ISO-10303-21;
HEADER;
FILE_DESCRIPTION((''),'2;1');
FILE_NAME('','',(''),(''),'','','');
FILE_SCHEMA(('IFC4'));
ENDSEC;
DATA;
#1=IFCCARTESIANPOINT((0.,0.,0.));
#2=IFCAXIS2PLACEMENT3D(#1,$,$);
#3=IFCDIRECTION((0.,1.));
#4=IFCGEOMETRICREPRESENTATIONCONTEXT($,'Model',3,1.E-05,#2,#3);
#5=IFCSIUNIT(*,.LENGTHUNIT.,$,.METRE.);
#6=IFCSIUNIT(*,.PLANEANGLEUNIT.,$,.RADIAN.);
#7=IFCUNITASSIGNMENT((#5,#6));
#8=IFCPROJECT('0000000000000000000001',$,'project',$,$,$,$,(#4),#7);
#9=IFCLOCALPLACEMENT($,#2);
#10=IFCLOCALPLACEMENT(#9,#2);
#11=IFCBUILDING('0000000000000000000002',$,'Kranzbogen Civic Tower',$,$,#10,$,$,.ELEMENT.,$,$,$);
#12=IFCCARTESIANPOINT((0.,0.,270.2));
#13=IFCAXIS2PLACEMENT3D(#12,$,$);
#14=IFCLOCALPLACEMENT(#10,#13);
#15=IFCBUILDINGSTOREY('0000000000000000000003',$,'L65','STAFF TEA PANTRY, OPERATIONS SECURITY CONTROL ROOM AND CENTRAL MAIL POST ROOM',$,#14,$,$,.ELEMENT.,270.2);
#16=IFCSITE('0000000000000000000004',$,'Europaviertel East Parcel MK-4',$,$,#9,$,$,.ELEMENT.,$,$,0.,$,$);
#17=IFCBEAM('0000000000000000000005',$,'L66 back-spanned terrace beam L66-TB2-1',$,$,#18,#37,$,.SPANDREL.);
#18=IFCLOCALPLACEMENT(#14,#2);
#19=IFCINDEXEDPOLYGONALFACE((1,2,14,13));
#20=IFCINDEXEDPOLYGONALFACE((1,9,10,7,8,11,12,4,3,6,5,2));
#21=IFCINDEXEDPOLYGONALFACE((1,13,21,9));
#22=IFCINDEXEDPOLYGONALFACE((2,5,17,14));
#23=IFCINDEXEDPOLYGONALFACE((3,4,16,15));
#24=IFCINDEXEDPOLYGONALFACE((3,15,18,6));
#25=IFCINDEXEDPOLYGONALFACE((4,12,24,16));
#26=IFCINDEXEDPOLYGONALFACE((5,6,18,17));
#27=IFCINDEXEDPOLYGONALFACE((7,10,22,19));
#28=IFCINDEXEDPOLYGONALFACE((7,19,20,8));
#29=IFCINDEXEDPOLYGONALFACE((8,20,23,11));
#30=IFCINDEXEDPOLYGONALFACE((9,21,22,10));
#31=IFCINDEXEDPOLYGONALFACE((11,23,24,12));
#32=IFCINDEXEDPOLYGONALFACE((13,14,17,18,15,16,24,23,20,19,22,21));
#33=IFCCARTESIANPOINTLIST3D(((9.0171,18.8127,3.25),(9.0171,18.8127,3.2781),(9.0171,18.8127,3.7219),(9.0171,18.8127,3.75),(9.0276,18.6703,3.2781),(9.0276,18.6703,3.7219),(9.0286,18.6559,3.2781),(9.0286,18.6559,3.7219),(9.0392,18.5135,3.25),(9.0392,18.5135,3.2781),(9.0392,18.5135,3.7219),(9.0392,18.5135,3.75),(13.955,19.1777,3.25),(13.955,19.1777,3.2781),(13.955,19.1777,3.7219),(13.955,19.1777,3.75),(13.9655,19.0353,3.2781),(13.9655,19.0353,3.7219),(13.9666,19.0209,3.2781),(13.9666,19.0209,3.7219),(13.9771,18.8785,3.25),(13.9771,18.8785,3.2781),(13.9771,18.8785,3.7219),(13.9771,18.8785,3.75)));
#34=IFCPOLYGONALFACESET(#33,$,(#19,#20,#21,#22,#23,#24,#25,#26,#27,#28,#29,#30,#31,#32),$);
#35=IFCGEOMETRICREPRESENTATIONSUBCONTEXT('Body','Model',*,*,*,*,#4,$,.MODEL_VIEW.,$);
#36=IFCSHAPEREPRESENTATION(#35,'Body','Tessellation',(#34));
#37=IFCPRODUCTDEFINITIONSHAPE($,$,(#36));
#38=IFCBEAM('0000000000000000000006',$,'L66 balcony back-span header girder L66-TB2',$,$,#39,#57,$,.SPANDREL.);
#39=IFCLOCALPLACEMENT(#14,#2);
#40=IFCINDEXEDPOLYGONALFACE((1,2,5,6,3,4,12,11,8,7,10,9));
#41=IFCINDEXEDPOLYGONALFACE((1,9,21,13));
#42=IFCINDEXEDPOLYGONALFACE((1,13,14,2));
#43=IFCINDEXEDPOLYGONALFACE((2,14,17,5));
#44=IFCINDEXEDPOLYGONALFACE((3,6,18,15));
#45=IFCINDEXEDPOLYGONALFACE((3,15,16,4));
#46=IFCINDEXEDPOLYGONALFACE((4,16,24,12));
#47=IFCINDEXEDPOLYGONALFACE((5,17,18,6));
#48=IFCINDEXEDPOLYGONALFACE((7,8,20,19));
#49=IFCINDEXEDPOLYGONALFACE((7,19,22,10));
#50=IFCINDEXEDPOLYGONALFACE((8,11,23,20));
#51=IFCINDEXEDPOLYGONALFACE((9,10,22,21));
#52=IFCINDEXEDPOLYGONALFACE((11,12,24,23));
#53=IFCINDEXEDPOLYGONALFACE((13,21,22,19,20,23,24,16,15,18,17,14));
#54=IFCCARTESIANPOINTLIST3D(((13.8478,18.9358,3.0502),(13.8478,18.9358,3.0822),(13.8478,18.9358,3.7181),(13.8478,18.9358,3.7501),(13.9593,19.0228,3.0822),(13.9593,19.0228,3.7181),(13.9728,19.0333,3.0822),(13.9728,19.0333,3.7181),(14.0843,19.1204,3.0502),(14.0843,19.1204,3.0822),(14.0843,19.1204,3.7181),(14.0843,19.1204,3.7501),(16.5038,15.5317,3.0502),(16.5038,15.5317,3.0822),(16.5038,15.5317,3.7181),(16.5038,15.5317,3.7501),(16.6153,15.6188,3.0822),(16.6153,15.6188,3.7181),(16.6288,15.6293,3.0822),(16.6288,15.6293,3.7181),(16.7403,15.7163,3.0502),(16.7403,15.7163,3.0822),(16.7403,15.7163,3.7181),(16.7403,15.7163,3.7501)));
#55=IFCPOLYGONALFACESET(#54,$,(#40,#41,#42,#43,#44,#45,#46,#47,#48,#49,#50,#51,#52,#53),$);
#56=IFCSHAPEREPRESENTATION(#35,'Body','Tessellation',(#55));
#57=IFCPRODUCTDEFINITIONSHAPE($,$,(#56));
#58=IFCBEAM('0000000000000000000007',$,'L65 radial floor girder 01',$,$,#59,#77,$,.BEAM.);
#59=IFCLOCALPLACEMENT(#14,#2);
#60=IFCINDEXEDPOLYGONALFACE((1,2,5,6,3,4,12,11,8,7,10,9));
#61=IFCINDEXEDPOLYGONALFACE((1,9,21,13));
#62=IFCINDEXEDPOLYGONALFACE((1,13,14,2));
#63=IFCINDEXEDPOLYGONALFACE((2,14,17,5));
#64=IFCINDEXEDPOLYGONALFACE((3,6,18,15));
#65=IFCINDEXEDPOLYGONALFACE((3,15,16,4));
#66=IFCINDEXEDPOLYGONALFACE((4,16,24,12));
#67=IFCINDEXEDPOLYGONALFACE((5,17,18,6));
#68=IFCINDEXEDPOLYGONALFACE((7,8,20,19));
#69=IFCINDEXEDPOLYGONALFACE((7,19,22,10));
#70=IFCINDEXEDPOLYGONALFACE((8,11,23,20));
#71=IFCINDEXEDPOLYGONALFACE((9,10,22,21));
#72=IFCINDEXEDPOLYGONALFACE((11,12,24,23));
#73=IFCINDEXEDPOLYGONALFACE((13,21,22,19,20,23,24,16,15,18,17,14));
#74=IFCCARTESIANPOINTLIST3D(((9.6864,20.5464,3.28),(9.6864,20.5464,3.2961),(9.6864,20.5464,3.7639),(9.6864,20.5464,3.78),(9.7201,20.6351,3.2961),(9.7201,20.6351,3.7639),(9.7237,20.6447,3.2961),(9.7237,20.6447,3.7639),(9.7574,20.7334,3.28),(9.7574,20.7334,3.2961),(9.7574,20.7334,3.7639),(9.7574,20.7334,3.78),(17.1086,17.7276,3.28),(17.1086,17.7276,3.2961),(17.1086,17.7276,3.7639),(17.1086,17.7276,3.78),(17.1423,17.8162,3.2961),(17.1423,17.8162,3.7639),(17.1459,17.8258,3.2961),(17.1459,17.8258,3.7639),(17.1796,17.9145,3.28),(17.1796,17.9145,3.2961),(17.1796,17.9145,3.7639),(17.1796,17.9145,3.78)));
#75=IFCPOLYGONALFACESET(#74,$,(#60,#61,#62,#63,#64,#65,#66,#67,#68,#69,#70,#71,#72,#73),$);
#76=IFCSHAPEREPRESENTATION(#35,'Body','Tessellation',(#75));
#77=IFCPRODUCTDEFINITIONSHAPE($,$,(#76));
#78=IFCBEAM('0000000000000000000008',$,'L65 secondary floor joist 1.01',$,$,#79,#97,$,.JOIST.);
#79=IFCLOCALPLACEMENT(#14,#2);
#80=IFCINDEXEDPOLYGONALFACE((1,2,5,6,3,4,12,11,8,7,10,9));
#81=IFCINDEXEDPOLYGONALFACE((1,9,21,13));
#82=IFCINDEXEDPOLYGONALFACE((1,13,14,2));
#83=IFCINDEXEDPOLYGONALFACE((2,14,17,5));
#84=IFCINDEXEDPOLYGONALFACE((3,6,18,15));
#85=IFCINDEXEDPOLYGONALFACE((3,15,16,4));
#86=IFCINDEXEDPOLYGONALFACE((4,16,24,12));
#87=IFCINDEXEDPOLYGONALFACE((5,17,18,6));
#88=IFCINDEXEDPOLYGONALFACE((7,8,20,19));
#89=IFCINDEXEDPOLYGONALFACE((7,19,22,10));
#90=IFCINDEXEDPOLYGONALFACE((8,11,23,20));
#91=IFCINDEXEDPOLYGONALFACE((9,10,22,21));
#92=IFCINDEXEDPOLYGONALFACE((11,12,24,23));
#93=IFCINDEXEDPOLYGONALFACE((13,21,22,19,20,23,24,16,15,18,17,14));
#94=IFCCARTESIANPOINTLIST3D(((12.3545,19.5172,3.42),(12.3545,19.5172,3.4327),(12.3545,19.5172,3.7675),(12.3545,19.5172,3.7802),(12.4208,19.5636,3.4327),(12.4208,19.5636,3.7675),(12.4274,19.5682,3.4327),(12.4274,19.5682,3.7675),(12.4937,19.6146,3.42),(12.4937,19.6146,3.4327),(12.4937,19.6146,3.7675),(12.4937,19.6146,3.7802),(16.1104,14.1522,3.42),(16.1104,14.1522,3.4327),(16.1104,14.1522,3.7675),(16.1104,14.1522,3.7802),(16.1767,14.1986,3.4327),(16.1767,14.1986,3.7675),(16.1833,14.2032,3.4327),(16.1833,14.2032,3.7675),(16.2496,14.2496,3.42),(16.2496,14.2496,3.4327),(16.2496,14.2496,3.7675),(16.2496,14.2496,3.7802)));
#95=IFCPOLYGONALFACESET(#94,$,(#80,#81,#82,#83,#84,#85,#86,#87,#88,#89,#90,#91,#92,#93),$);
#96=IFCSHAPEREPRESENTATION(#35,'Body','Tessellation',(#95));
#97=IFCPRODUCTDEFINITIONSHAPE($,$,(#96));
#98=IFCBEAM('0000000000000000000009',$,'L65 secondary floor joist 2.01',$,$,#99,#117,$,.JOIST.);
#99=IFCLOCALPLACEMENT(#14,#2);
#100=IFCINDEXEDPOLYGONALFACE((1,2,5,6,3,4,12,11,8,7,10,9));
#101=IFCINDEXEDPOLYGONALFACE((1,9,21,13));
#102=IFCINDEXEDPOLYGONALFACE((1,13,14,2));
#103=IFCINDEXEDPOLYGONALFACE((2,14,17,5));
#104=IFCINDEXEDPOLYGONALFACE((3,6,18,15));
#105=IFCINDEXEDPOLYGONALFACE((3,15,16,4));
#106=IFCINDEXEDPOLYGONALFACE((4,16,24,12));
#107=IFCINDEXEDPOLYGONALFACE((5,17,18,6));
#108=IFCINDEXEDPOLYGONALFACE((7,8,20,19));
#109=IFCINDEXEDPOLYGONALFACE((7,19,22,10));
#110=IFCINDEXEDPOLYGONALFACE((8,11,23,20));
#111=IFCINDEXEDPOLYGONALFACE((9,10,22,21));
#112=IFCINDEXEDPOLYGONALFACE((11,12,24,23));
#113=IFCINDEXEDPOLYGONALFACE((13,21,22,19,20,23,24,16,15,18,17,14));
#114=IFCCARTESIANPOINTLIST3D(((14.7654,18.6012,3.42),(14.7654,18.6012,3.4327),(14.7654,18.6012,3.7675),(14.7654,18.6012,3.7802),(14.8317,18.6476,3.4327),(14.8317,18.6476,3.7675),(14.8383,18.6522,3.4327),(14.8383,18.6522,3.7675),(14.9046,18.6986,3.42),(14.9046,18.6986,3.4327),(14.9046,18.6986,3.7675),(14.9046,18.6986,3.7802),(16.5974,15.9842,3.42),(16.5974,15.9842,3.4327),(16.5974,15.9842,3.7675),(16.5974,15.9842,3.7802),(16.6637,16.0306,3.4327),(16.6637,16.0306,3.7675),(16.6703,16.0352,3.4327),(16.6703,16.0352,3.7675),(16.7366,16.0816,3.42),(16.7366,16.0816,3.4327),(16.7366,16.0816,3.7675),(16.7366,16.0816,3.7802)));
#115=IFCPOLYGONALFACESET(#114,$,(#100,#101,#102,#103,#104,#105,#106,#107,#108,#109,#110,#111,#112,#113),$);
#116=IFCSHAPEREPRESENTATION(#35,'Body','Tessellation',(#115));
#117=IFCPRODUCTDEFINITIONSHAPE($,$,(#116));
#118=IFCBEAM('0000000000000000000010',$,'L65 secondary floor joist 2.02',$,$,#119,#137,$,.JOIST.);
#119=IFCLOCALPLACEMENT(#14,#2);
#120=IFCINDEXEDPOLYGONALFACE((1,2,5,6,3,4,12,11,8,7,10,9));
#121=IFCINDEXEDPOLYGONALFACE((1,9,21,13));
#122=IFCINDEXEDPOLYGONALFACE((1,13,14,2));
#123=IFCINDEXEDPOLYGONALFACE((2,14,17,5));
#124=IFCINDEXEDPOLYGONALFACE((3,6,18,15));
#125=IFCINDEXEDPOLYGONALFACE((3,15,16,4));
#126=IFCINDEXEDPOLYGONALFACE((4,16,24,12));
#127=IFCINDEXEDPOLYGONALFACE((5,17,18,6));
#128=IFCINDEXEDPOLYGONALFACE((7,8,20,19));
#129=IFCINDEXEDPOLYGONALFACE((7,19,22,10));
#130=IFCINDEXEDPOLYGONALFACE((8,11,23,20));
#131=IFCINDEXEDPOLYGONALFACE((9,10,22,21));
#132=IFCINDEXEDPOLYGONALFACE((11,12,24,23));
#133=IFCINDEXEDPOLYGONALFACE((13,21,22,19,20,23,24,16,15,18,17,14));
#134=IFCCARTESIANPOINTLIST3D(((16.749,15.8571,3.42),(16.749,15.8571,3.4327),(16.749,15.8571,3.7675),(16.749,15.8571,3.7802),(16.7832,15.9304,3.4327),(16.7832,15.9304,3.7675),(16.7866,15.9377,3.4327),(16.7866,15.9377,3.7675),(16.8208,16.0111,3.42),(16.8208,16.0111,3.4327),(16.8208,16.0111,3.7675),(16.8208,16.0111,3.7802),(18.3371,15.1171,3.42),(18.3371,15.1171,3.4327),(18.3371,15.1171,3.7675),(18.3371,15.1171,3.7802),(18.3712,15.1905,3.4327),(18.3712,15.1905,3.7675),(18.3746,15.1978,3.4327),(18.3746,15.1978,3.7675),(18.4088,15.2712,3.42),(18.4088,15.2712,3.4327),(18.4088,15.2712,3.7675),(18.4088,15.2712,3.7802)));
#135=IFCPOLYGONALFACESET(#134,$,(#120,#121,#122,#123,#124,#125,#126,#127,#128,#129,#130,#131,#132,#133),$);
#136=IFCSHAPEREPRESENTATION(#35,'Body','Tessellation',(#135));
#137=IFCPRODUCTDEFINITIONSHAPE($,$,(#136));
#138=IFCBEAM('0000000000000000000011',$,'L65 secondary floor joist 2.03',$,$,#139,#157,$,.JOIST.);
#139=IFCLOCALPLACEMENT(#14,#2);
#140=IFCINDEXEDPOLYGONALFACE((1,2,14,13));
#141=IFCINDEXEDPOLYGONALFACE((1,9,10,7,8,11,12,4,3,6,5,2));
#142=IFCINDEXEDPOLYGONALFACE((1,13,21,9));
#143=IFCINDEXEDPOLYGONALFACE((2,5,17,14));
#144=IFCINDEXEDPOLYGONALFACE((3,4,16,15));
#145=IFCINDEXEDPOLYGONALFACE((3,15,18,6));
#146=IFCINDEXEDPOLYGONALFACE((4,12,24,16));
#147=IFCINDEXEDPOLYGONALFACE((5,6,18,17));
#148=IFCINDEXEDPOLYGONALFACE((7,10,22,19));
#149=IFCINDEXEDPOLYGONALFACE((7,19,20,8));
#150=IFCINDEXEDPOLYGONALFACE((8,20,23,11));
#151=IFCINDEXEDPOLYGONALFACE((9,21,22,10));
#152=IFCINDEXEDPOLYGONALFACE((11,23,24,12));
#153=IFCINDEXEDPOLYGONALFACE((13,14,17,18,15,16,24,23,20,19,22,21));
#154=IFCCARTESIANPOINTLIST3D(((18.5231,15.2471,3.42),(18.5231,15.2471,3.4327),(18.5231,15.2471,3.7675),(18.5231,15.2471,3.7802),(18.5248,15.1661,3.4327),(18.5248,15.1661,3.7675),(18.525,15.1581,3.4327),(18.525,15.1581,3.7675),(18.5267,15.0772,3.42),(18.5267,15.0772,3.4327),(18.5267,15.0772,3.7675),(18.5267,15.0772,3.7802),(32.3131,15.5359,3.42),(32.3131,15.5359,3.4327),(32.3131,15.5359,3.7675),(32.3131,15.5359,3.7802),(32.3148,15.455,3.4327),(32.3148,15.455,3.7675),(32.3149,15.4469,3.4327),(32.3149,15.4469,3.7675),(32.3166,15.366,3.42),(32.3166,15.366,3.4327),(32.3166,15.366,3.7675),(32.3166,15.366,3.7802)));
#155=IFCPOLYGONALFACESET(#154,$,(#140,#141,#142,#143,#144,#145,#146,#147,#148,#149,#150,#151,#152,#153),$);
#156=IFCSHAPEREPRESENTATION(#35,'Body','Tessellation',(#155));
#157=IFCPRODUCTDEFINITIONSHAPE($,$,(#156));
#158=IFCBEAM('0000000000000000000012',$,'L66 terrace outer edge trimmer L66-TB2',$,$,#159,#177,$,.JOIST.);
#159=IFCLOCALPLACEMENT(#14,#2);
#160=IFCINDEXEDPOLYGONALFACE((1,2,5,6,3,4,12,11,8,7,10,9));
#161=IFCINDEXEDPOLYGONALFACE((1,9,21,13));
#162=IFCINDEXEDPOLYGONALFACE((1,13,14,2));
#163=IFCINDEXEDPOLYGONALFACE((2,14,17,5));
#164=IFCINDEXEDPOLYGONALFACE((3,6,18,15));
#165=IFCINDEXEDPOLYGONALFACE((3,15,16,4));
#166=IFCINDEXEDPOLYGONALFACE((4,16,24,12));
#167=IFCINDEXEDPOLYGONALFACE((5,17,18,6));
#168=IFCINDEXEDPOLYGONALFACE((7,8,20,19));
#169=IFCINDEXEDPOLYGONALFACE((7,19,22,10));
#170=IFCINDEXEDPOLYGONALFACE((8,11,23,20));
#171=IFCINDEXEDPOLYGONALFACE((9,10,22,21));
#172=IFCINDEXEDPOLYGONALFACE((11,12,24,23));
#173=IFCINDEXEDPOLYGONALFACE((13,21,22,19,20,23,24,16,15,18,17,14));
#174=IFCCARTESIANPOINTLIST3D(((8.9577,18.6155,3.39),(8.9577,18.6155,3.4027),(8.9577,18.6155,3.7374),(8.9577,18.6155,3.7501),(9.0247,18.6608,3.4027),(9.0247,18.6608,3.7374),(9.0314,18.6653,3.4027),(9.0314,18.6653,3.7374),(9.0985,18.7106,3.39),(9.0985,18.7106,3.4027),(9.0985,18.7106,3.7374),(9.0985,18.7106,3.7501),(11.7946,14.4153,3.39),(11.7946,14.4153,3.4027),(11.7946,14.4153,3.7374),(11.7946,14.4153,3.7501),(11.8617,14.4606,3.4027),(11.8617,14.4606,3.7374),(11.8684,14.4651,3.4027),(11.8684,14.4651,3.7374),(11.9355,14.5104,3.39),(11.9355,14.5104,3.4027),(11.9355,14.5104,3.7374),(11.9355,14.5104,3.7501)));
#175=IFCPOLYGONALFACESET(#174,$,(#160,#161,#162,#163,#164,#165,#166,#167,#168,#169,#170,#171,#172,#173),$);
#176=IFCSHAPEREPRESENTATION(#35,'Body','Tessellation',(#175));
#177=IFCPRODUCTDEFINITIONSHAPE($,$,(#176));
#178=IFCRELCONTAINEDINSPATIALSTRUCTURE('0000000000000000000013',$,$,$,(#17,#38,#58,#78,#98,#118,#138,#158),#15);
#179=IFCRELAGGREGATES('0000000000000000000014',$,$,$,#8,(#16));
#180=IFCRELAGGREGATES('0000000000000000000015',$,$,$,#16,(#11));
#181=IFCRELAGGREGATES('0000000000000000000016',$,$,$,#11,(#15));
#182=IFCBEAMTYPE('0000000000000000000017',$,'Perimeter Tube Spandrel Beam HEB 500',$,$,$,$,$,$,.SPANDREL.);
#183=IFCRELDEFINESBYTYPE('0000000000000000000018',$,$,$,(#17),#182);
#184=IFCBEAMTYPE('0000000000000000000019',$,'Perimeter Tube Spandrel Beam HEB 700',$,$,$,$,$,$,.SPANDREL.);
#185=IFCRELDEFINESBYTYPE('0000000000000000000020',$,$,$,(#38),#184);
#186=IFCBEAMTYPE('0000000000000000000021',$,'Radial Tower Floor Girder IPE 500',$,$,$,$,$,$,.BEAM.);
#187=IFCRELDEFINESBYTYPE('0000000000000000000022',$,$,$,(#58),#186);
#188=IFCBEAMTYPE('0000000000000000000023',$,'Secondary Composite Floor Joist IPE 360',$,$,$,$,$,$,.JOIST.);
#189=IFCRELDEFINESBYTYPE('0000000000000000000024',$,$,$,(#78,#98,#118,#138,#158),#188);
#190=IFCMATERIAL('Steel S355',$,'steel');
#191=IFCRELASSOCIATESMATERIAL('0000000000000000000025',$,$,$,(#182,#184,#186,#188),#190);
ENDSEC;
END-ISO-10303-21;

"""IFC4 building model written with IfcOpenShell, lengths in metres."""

from ifc_helpers import new_model, si_unit, direction, frame, origin, origin_2d, place, context, subcontext, project, spatial, i_section, extrude, material, material_profile, profile_set, type_object, element, save


model = new_model("IFC4")

# Units and contexts
model_context = context("Model", 3, precision=1e-05, world=origin(), true_north=direction((0.0, 1.0)))
body_context = subcontext(model_context, "Body", "Model", "MODEL_VIEW")
ifc_project = project(units=[si_unit("LENGTHUNIT", "METRE"), si_unit("PLANEANGLEUNIT", "RADIAN")], contexts=[model_context])

# Site, building, storey
site_placement = place(None, origin())
site = spatial("IfcSite", under=ifc_project, at=site_placement, Name="Europaviertel East Parcel MK-4", CompositionType="ELEMENT", RefElevation=0.0)
building_placement = place(site_placement, origin())
building = spatial("IfcBuilding", under=site, at=building_placement, Name="Kranzbogen Civic Tower", CompositionType="ELEMENT")
storey_placement = place(building_placement, frame((0.0, 0.0, 270.2)))
storey = spatial("IfcBuildingStorey", under=building, at=storey_placement, Name="L65", Description="STAFF TEA PANTRY, OPERATIONS SECURITY CONTROL ROOM AND CENTRAL MAIL POST ROOM", CompositionType="ELEMENT", Elevation=270.2)

# Shared definitions
ifc_material_1 = material(Name="Steel S355", Category="steel")

# Beams
ifc_material_profile_1 = material_profile(ifc_material_1, i_section(OverallWidth=0.3, OverallDepth=0.5, WebThickness=0.0144, FlangeThickness=0.0281, at=origin_2d()), Name="HEB 500")
ifc_profile_set_1 = profile_set([ifc_material_profile_1], Name="Steel S355")
beam_type_1 = type_object("IfcBeamType", Name="Perimeter Tube Spandrel Beam HEB 500", PredefinedType="SPANDREL", material=ifc_profile_set_1)
beam_1_placement = place(storey_placement, frame((13.9661, 19.0281, 3.5), z_axis=(-0.997279, -0.073714, 0.0), x_axis=(0.073714, -0.997279, 0.0)))
element("IfcBeam", 1, at=beam_1_placement, inside=storey, type_object=beam_type_1, Name="L66 back-spanned terrace beam L66-TB2-1", PredefinedType="SPANDREL", context=body_context, shape_type="SweptSolid", body=[
    extrude(i_section(OverallWidth=0.3, OverallDepth=0.5, WebThickness=0.0144, FlangeThickness=0.0281, at=origin_2d()), origin(), (0.0, 0.0, 1.0), 4.9514),
])
ifc_material_profile_2 = material_profile(ifc_material_1, i_section(OverallWidth=0.3, OverallDepth=0.7, WebThickness=0.0171, FlangeThickness=0.032, at=origin_2d()), Name="HEB 700")
ifc_profile_set_2 = profile_set([ifc_material_profile_2], Name="Steel S355")
beam_type_2 = type_object("IfcBeamType", Name="Perimeter Tube Spandrel Beam HEB 700", PredefinedType="SPANDREL", material=ifc_profile_set_2)
beam_2_placement = place(storey_placement, frame((13.9661, 19.0281, 3.4001), z_axis=(0.615153, -0.788407, 0.0), x_axis=(0.788407, 0.615153, 0.0)))
element("IfcBeam", 2, at=beam_2_placement, inside=storey, type_object=beam_type_2, Name="L66 balcony back-span header girder L66-TB2", PredefinedType="SPANDREL", context=body_context, shape_type="SweptSolid", body=[
    extrude(i_section(OverallWidth=0.3, OverallDepth=0.7, WebThickness=0.0171, FlangeThickness=0.032, at=origin_2d()), origin(), (0.0, 0.0, 1.0), 4.3176),
])
ifc_material_profile_3 = material_profile(ifc_material_1, i_section(OverallWidth=0.2, OverallDepth=0.5, WebThickness=0.0103, FlangeThickness=0.0161, at=origin_2d()), Name="IPE 500")
ifc_profile_set_3 = profile_set([ifc_material_profile_3], Name="Steel S355")
beam_type_3 = type_object("IfcBeamType", Name="Radial Tower Floor Girder IPE 500", PredefinedType="BEAM", material=ifc_profile_set_3)
beam_3_placement = place(storey_placement, frame((9.7219, 20.6399, 3.53), z_axis=(0.934849, -0.355046, 0.0), x_axis=(0.355046, 0.934849, 0.0)))
element("IfcBeam", 3, at=beam_3_placement, inside=storey, type_object=beam_type_3, Name="L65 radial floor girder 01", PredefinedType="BEAM", context=body_context, shape_type="SweptSolid", body=[
    extrude(i_section(OverallWidth=0.2, OverallDepth=0.5, WebThickness=0.0103, FlangeThickness=0.0161, at=origin_2d()), origin(), (0.0, 0.0, 1.0), 7.9395),
])
ifc_material_profile_4 = material_profile(ifc_material_1, i_section(OverallWidth=0.1699, OverallDepth=0.3601, WebThickness=0.0081, FlangeThickness=0.0127, at=origin_2d()), Name="IPE 360")
ifc_profile_set_4 = profile_set([ifc_material_profile_4], Name="Steel S355")
beam_type_4 = type_object("IfcBeamType", Name="Secondary Composite Floor Joist IPE 360", PredefinedType="JOIST", material=ifc_profile_set_4)
beam_4_placement = place(storey_placement, frame((12.4241, 19.5659, 3.6001), z_axis=(0.5735, -0.819206, 0.0), x_axis=(0.819206, 0.5735, 0.0)))
element("IfcBeam", 4, at=beam_4_placement, inside=storey, type_object=beam_type_4, Name="L65 secondary floor joist 1.01", PredefinedType="JOIST", context=body_context, shape_type="SweptSolid", body=[
    extrude(i_section(OverallWidth=0.1699, OverallDepth=0.3601, WebThickness=0.0081, FlangeThickness=0.0127, at=origin_2d()), origin(), (0.0, 0.0, 1.0), 6.5491),
])
beam_5_placement = place(storey_placement, frame((14.835, 18.6499, 3.6001), z_axis=(0.573498, -0.819207, 0.0), x_axis=(0.819207, 0.573498, 0.0)))
element("IfcBeam", 5, at=beam_5_placement, inside=storey, type_object=beam_type_4, Name="L65 secondary floor joist 2.01", PredefinedType="JOIST", context=body_context, shape_type="SweptSolid", body=[
    extrude(i_section(OverallWidth=0.1699, OverallDepth=0.3601, WebThickness=0.0081, FlangeThickness=0.0127, at=origin_2d()), origin(), (0.0, 0.0, 1.0), 3.1946),
])
beam_6_placement = place(storey_placement, frame((16.7849, 15.9341, 3.6001), z_axis=(0.906432, -0.422351, 0.0), x_axis=(0.422351, 0.906432, 0.0)))
element("IfcBeam", 6, at=beam_6_placement, inside=storey, type_object=beam_type_4, Name="L65 secondary floor joist 2.02", PredefinedType="JOIST", context=body_context, shape_type="SweptSolid", body=[
    extrude(i_section(OverallWidth=0.1699, OverallDepth=0.3601, WebThickness=0.0081, FlangeThickness=0.0127, at=origin_2d()), origin(), (0.0, 0.0, 1.0), 1.752),
])
beam_7_placement = place(storey_placement, frame((18.5249, 15.1621, 3.6001), z_axis=(0.999781, 0.020939, 0.0), x_axis=(-0.020939, 0.999781, 0.0)))
element("IfcBeam", 7, at=beam_7_placement, inside=storey, type_object=beam_type_4, Name="L65 secondary floor joist 2.03", PredefinedType="JOIST", context=body_context, shape_type="SweptSolid", body=[
    extrude(i_section(OverallWidth=0.1699, OverallDepth=0.3601, WebThickness=0.0081, FlangeThickness=0.0127, at=origin_2d()), origin(), (0.0, 0.0, 1.0), 13.793),
])
beam_8_placement = place(storey_placement, frame((9.0281, 18.6631, 3.5701), z_axis=(0.559714, -0.828686, 0.0), x_axis=(0.828686, 0.559714, 0.0)))
element("IfcBeam", 8, at=beam_8_placement, inside=storey, type_object=beam_type_4, Name="L66 terrace outer edge trimmer L66-TB2", PredefinedType="JOIST", context=body_context, shape_type="SweptSolid", body=[
    extrude(i_section(OverallWidth=0.1699, OverallDepth=0.3601, WebThickness=0.0081, FlangeThickness=0.0127, at=origin_2d()), origin(), (0.0, 0.0, 1.0), 5.0686),
])

save(model, "model.ifc")
